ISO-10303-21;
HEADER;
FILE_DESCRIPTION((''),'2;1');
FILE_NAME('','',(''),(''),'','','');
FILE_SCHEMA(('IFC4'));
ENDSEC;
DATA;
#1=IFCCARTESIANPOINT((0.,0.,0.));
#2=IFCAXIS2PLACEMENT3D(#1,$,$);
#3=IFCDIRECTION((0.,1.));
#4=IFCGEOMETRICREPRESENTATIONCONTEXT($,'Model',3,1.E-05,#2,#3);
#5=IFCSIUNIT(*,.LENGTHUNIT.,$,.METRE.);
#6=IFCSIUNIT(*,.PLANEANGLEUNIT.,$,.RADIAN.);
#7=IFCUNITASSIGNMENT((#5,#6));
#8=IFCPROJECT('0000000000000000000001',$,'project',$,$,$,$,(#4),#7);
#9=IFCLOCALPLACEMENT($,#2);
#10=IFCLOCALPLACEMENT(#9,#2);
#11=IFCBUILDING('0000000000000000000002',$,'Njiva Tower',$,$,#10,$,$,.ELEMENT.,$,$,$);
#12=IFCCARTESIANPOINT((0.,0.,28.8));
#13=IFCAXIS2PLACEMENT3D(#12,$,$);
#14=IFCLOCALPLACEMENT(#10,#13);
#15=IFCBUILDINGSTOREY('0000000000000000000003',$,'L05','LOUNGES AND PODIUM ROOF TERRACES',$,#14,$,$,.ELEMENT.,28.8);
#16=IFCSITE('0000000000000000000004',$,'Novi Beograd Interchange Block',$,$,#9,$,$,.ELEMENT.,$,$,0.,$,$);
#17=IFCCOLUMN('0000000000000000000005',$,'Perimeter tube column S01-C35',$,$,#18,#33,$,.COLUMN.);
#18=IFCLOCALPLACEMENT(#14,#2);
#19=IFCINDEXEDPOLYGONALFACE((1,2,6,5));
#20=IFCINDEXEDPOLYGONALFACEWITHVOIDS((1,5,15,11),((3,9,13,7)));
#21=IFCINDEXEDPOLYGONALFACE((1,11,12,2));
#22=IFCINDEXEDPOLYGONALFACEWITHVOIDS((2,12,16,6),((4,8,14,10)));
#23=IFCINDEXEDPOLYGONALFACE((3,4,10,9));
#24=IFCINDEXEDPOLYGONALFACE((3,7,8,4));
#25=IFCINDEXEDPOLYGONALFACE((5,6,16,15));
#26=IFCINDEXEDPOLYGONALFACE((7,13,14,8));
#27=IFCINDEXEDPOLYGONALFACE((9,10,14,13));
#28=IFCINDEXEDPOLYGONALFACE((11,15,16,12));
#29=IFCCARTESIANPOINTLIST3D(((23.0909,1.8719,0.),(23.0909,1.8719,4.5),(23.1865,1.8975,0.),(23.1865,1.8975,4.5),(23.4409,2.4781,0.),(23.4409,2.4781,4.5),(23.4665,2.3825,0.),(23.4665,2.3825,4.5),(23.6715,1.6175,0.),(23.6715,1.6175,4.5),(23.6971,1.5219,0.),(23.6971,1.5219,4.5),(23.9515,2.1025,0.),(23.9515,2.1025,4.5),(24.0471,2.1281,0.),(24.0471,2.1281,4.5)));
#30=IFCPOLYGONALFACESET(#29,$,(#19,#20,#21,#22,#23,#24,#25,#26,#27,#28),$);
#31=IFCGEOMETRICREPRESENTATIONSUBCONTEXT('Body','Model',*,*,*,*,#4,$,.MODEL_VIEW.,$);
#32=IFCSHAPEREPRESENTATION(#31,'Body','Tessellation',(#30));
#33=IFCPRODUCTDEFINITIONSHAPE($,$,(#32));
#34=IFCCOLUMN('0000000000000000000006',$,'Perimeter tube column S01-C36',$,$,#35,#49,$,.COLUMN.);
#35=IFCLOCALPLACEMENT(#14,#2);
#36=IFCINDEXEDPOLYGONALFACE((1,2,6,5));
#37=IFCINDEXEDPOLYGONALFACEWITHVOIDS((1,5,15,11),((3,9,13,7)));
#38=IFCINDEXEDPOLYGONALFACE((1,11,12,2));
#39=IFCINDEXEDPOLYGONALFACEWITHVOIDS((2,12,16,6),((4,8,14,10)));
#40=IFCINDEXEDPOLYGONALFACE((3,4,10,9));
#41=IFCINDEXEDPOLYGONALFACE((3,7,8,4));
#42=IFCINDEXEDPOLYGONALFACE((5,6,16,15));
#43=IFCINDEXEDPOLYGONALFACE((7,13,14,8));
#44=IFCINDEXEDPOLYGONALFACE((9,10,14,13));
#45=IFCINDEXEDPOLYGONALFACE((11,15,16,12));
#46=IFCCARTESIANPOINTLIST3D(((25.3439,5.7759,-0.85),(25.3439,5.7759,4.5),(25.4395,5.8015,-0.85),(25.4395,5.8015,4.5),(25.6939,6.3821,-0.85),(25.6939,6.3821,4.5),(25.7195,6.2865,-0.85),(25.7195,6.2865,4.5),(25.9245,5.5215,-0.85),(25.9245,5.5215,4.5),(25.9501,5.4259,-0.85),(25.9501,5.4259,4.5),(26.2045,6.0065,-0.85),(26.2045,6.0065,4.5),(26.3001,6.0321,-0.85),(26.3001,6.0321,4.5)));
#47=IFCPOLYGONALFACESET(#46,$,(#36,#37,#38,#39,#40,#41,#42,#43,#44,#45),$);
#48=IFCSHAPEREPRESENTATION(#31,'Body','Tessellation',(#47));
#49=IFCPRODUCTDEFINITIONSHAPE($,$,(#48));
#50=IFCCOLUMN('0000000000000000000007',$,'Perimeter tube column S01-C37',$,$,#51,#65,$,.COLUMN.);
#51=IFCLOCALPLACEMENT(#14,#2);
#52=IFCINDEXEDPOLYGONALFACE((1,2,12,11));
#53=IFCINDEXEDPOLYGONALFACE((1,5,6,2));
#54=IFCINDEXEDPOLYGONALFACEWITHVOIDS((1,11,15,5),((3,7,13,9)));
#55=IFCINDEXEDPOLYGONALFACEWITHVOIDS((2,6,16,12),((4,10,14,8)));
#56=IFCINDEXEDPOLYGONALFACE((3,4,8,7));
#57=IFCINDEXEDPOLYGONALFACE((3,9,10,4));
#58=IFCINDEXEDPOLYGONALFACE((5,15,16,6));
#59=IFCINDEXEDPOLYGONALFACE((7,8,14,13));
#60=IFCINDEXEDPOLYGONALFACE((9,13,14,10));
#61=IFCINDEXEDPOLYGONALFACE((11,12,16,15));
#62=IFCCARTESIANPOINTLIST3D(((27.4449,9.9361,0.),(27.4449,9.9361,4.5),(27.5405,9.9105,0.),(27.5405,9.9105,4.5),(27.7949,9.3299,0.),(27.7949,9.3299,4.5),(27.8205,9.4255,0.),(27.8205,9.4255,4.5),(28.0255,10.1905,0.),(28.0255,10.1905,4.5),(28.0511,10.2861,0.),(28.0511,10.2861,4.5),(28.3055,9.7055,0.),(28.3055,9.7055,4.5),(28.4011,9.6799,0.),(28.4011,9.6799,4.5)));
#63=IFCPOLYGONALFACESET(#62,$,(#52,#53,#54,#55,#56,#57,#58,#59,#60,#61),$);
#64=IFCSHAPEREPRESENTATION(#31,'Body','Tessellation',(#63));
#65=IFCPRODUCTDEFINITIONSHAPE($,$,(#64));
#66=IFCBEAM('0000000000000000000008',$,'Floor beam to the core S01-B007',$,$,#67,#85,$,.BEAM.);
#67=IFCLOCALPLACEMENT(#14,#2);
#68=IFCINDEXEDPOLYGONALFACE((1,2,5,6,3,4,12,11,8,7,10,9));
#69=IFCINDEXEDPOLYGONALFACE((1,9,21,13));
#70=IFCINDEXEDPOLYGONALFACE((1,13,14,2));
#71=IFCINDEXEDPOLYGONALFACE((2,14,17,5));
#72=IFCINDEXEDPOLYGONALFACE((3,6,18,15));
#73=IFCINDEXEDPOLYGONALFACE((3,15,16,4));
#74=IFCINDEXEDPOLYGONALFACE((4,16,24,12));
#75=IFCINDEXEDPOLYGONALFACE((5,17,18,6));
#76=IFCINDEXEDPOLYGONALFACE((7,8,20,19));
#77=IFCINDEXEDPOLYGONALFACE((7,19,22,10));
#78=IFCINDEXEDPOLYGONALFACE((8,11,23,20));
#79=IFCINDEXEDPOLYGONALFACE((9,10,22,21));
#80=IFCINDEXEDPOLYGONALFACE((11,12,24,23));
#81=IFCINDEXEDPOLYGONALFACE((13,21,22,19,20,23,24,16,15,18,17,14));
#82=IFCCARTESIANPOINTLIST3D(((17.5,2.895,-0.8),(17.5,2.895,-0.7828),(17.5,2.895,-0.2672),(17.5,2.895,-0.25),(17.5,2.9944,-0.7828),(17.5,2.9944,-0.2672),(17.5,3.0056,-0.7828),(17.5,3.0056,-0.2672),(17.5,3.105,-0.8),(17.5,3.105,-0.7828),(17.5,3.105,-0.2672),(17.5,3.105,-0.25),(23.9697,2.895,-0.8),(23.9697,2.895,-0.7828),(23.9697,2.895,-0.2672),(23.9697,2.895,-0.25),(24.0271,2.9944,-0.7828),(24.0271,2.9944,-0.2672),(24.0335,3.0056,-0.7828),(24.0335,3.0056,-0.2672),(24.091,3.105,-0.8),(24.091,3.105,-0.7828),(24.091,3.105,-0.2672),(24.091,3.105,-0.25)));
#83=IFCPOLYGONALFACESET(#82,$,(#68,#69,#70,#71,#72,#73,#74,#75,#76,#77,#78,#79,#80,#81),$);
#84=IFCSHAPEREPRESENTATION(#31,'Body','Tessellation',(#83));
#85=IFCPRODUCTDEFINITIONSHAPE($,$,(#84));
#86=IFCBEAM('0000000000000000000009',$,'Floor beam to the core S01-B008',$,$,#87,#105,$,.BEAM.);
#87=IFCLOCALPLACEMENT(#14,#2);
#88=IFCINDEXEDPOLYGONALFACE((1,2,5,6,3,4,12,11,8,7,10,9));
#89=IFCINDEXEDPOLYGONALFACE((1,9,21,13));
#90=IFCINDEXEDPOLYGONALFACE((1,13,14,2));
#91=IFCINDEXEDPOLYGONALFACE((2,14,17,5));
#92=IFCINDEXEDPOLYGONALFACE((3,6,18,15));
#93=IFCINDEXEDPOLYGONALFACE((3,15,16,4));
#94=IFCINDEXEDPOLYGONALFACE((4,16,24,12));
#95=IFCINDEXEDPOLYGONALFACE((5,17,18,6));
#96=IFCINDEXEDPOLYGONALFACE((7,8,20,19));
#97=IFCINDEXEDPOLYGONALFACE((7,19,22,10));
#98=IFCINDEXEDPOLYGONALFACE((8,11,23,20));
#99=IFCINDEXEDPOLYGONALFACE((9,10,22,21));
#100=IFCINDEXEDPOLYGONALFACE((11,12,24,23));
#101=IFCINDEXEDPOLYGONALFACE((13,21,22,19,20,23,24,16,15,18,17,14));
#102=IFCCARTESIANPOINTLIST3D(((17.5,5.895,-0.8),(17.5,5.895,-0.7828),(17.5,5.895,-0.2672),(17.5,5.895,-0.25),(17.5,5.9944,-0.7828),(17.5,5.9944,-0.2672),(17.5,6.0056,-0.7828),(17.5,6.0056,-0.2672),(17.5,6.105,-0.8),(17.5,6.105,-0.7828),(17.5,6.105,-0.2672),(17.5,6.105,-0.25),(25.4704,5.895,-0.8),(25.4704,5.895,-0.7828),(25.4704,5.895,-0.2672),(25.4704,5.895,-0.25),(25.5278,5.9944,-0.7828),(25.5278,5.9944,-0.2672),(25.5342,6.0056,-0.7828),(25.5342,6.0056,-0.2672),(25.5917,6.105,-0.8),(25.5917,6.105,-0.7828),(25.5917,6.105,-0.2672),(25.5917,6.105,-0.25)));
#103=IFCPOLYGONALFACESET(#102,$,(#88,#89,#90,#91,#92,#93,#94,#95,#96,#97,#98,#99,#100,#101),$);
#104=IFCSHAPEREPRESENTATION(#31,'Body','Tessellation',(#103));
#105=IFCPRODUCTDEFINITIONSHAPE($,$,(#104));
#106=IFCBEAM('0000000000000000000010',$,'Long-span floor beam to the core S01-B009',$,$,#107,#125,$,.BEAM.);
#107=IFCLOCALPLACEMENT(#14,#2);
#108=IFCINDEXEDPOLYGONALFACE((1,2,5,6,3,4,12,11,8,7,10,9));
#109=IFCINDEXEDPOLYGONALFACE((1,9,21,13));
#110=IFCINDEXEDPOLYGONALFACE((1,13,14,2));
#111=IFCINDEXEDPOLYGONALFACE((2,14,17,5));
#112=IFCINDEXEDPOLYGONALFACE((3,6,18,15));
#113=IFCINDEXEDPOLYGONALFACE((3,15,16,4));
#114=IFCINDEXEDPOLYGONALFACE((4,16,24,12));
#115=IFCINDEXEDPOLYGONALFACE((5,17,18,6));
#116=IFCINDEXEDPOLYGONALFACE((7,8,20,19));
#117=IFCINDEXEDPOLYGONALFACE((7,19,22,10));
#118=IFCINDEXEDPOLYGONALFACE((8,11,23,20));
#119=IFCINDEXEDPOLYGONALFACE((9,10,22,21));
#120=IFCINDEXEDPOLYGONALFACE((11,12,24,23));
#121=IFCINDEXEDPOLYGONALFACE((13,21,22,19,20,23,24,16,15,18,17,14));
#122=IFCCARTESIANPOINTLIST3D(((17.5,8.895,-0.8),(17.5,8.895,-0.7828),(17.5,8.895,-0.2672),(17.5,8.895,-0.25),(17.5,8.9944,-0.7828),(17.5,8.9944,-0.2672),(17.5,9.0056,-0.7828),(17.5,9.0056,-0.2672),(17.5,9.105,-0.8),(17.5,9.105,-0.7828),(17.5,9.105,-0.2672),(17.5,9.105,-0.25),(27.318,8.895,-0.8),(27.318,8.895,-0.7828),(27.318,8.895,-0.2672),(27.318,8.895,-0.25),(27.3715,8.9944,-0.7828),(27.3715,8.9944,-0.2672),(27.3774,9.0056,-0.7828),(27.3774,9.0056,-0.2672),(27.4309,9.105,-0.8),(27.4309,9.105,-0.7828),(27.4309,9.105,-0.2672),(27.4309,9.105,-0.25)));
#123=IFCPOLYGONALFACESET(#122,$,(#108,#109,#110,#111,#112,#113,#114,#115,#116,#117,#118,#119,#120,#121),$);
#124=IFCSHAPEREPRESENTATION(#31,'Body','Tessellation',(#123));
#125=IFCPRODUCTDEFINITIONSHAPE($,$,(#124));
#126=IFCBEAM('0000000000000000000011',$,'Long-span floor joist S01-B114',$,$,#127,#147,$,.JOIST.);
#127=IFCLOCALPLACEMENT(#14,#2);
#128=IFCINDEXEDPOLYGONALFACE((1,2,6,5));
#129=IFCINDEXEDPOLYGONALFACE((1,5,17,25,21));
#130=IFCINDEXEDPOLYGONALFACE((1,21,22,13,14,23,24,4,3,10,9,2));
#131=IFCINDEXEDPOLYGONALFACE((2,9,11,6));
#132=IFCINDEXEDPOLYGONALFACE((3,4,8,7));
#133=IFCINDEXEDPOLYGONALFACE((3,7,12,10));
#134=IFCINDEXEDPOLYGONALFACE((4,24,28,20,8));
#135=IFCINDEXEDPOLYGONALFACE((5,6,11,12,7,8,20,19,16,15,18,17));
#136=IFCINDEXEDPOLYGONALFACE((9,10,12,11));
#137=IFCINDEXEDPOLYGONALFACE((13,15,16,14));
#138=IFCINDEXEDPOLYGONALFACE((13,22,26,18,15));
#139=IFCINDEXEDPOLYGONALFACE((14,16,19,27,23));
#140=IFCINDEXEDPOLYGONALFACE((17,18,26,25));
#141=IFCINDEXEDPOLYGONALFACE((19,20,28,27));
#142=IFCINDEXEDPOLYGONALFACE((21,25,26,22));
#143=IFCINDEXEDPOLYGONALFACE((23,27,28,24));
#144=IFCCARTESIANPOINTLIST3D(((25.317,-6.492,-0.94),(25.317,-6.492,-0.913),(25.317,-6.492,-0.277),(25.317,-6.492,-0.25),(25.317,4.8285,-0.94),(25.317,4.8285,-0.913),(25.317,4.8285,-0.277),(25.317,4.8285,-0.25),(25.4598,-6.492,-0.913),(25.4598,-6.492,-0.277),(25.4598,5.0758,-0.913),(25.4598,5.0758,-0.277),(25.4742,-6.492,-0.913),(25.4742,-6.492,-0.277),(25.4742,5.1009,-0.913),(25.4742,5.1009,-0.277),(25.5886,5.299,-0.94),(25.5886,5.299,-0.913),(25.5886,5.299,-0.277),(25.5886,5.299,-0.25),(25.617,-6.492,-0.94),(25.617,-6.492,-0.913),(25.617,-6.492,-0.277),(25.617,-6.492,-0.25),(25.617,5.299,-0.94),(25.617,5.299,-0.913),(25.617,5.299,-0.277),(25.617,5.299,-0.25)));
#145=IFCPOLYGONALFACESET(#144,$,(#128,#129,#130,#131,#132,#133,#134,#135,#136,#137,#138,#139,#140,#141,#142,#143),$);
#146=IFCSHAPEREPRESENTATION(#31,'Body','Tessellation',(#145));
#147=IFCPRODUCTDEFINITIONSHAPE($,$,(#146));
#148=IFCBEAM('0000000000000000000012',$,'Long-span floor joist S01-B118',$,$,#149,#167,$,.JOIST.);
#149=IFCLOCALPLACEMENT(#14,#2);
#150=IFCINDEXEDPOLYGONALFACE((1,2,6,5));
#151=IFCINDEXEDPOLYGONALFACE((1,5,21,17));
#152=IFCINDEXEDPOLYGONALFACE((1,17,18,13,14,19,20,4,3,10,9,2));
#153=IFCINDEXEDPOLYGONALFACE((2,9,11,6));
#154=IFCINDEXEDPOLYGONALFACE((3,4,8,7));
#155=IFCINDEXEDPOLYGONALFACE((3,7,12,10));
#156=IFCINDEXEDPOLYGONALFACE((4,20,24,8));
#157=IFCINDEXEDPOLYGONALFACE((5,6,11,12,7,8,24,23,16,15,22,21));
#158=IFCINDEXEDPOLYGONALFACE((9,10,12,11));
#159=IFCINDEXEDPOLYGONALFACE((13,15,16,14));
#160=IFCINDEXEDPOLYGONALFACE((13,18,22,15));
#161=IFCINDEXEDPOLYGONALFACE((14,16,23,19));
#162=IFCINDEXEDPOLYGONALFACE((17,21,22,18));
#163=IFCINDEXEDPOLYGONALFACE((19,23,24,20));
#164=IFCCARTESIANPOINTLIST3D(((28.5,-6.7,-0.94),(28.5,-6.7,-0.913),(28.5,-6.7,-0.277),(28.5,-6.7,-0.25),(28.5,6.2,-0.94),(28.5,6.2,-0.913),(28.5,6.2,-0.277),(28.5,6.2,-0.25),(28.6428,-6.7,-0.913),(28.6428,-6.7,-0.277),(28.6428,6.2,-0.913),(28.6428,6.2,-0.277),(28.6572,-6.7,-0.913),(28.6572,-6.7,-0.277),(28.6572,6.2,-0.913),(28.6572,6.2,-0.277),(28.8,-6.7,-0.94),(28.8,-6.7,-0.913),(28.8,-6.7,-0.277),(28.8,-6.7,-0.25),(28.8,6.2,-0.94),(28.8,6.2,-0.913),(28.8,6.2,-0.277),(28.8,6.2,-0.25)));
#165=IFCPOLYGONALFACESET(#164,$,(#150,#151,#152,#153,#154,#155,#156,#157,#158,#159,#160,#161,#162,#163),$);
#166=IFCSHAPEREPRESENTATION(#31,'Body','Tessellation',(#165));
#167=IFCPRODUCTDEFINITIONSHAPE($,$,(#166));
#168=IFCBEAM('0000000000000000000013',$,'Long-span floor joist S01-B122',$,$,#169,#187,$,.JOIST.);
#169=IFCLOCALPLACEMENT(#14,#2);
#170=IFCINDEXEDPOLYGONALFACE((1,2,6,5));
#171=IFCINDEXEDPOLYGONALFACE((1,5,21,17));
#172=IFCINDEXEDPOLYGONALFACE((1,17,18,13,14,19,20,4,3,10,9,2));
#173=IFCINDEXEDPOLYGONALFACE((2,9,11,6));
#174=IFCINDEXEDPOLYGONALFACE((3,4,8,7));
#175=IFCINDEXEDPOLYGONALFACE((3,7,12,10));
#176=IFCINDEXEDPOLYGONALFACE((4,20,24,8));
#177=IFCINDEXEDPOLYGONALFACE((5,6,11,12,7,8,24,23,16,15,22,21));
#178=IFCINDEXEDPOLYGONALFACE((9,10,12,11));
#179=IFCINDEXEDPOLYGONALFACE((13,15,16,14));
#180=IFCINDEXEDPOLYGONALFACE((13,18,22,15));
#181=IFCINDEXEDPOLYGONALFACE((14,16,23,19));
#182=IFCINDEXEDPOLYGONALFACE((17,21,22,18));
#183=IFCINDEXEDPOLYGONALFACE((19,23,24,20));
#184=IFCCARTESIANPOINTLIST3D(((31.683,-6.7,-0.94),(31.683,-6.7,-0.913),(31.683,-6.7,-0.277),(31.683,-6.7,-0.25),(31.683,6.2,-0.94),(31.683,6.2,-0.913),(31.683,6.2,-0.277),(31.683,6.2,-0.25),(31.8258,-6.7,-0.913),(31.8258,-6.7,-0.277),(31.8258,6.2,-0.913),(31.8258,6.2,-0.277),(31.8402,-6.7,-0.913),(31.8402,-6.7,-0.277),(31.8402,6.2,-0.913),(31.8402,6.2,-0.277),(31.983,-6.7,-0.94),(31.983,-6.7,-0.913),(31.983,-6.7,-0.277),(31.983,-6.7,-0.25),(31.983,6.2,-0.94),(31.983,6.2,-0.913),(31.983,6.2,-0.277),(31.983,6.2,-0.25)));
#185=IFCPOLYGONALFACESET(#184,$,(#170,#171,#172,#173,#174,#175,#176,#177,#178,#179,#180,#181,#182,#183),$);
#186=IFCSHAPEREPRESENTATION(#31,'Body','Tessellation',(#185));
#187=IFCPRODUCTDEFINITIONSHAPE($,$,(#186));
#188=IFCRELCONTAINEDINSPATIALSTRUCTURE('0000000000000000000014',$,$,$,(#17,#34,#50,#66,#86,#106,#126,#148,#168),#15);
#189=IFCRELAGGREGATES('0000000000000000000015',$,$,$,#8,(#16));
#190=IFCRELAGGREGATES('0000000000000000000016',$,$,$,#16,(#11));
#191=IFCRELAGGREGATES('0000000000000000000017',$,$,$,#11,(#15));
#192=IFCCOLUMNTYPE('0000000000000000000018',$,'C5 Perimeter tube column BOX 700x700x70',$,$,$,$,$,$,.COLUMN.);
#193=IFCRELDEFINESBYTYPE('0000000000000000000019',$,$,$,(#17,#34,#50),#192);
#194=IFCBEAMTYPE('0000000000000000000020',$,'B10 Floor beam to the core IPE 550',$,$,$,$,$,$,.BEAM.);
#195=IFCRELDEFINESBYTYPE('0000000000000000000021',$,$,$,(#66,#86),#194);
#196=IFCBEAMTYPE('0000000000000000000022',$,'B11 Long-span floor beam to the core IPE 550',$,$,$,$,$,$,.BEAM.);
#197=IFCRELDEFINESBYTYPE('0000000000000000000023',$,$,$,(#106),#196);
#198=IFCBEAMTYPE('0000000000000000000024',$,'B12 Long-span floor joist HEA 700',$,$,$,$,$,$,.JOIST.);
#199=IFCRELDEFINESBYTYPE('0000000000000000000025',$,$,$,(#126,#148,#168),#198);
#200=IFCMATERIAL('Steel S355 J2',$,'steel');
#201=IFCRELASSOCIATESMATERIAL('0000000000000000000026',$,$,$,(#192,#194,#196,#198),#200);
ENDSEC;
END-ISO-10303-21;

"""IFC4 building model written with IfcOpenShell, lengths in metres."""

from ifc_helpers import new_model, si_unit, direction, frame, origin, origin_2d, place, context, subcontext, project, spatial, hollow_rectangle, i_section, extrude, clip, halfspace, material, material_profile, profile_set, type_object, element, save


model = new_model("IFC4")

# Units and contexts
model_context = context("Model", 3, precision=1e-05, world=origin(), true_north=direction((0.0, 1.0)))
body_context = subcontext(model_context, "Body", "Model", "MODEL_VIEW")
ifc_project = project(units=[si_unit("LENGTHUNIT", "METRE"), si_unit("PLANEANGLEUNIT", "RADIAN")], contexts=[model_context])

# Site, building, storey
site_placement = place(None, origin())
site = spatial("IfcSite", under=ifc_project, at=site_placement, Name="Novi Beograd Interchange Block", CompositionType="ELEMENT", RefElevation=0.0)
building_placement = place(site_placement, origin())
building = spatial("IfcBuilding", under=site, at=building_placement, Name="Njiva Tower", CompositionType="ELEMENT")
storey_placement = place(building_placement, frame((0.0, 0.0, 28.8)))
storey = spatial("IfcBuildingStorey", under=building, at=storey_placement, Name="L05", Description="LOUNGES AND PODIUM ROOF TERRACES", CompositionType="ELEMENT", Elevation=28.8)

# Columns
ifc_material_1 = material(Name="Steel S355 J2", Category="steel")
ifc_material_profile_1 = material_profile(ifc_material_1, hollow_rectangle(XDim=0.7, YDim=0.7, WallThickness=0.07, at=origin_2d()), Name="BOX 700x700x70")
ifc_profile_set_1 = profile_set([ifc_material_profile_1], Name="Steel S355 J2")
column_type = type_object("IfcColumnType", Name="C5 Perimeter tube column BOX 700x700x70", PredefinedType="COLUMN", material=ifc_profile_set_1)
column_1_placement = place(storey_placement, frame((23.569, 2.0, 0.0), z_axis=(0.0, 0.0, 1.0), x_axis=(0.5, 0.866025, 0.0)))
element("IfcColumn", 1, at=column_1_placement, inside=storey, type_object=column_type, Name="Perimeter tube column S01-C35", PredefinedType="COLUMN", context=body_context, shape_type="SweptSolid", body=[
    extrude(hollow_rectangle(XDim=0.7, YDim=0.7, WallThickness=0.07, at=origin_2d()), origin(), (0.0, 0.0, 1.0), 4.5),
])
column_2_placement = place(storey_placement, frame((25.822, 5.904, -0.85), z_axis=(0.0, 0.0, 1.0), x_axis=(0.5, 0.866025, 0.0)))
element("IfcColumn", 2, at=column_2_placement, inside=storey, type_object=column_type, Name="Perimeter tube column S01-C36", PredefinedType="COLUMN", context=body_context, shape_type="SweptSolid", body=[
    extrude(hollow_rectangle(XDim=0.7, YDim=0.7, WallThickness=0.07, at=origin_2d()), origin(), (0.0, 0.0, 1.0), 5.35),
])
column_3_placement = place(storey_placement, frame((27.923, 9.808, 0.0), z_axis=(0.0, 0.0, 1.0), x_axis=(-0.5, 0.866025, 0.0)))
element("IfcColumn", 3, at=column_3_placement, inside=storey, type_object=column_type, Name="Perimeter tube column S01-C37", PredefinedType="COLUMN", context=body_context, shape_type="SweptSolid", body=[
    extrude(hollow_rectangle(XDim=0.7, YDim=0.7, WallThickness=0.07, at=origin_2d()), origin(), (0.0, 0.0, 1.0), 4.5),
])

# Beams
ifc_material_profile_2 = material_profile(ifc_material_1, i_section(OverallWidth=0.21, OverallDepth=0.55, WebThickness=0.0111, FlangeThickness=0.0172, at=origin_2d()), Name="IPE 550")
ifc_profile_set_2 = profile_set([ifc_material_profile_2], Name="Steel S355 J2")
beam_type_1 = type_object("IfcBeamType", Name="B10 Floor beam to the core IPE 550", PredefinedType="BEAM", material=ifc_profile_set_2)
beam_1_placement = place(storey_placement, frame((17.5, 3.0, -0.525), z_axis=(1.0, 0.0, 0.0), x_axis=(0.0, 1.0, 0.0)))
element("IfcBeam", 4, at=beam_1_placement, inside=storey, type_object=beam_type_1, Name="Floor beam to the core S01-B007", PredefinedType="BEAM", context=body_context, shape_type="Clipping", body=[
    clip(extrude(i_section(OverallWidth=0.21, OverallDepth=0.55, WebThickness=0.0111, FlangeThickness=0.0172, at=origin_2d()), origin(), (0.0, 0.0, 1.0), 6.611), halfspace(frame((-0.025, 0.0, 6.5159), z_axis=(-0.499998, 0.0, 0.866027), x_axis=(0.0, 1.0, 0.0)), False)),
])
beam_2_placement = place(storey_placement, frame((17.5, 6.0, -0.525), z_axis=(1.0, 0.0, 0.0), x_axis=(0.0, 1.0, 0.0)))
element("IfcBeam", 5, at=beam_2_placement, inside=storey, type_object=beam_type_1, Name="Floor beam to the core S01-B008", PredefinedType="BEAM", context=body_context, shape_type="Clipping", body=[
    clip(extrude(i_section(OverallWidth=0.21, OverallDepth=0.55, WebThickness=0.0111, FlangeThickness=0.0172, at=origin_2d()), origin(), (0.0, 0.0, 1.0), 8.112), halfspace(frame((-0.025, 0.0, 8.0166), z_axis=(-0.499998, 0.0, 0.866027), x_axis=(0.0, 1.0, 0.0)), False)),
])
ifc_material_profile_3 = material_profile(ifc_material_1, i_section(OverallWidth=0.21, OverallDepth=0.55, WebThickness=0.0111, FlangeThickness=0.0172, at=origin_2d()), Name="IPE 550")
ifc_profile_set_3 = profile_set([ifc_material_profile_3], Name="Steel S355 J2")
beam_type_2 = type_object("IfcBeamType", Name="B11 Long-span floor beam to the core IPE 550", PredefinedType="BEAM", material=ifc_profile_set_3)
beam_3_placement = place(storey_placement, frame((17.5, 9.0, -0.525), z_axis=(1.0, 0.0, 0.0), x_axis=(0.0, 1.0, 0.0)))
element("IfcBeam", 6, at=beam_3_placement, inside=storey, type_object=beam_type_2, Name="Long-span floor beam to the core S01-B009", PredefinedType="BEAM", context=body_context, shape_type="Clipping", body=[
    clip(extrude(i_section(OverallWidth=0.21, OverallDepth=0.55, WebThickness=0.0111, FlangeThickness=0.0172, at=origin_2d()), origin(), (0.0, 0.0, 1.0), 9.95), halfspace(frame((-0.0237, 0.0, 9.8617), z_axis=(-0.473769, 0.0, 0.880649), x_axis=(0.0, 1.0, 0.0)), False)),
])
ifc_material_profile_4 = material_profile(ifc_material_1, i_section(OverallWidth=0.3, OverallDepth=0.69, WebThickness=0.0145, FlangeThickness=0.027, at=origin_2d()), Name="HEA 700")
ifc_profile_set_4 = profile_set([ifc_material_profile_4], Name="Steel S355 J2")
beam_type_3 = type_object("IfcBeamType", Name="B12 Long-span floor joist HEA 700", PredefinedType="JOIST", material=ifc_profile_set_4)
beam_4_placement = place(storey_placement, frame((25.467, 5.299, -0.595), z_axis=(0.0, -1.0, 0.0), x_axis=(1.0, 0.0, 0.0)))
element("IfcBeam", 7, at=beam_4_placement, inside=storey, type_object=beam_type_3, Name="Long-span floor joist S01-B114", PredefinedType="JOIST", context=body_context, shape_type="Clipping", body=[
    clip(extrude(i_section(OverallWidth=0.3, OverallDepth=0.69, WebThickness=0.0145, FlangeThickness=0.027, at=origin_2d()), origin(), (0.0, 0.0, 1.0), 11.791), halfspace(frame((-0.0436, 0.0, 0.2862), z_axis=(-0.866027, 0.0, -0.499998), x_axis=(0.0, -1.0, 0.0)), False)),
])
for number, where, z_axis, x_axis, name in (
    (8, (28.65, 6.2, -0.595), (0.0, -1.0, 0.0), (1.0, 0.0, 0.0), "Long-span floor joist S01-B118"),
    (9, (31.833, 6.2, -0.595), (0.0, -1.0, 0.0), (1.0, 0.0, 0.0), "Long-span floor joist S01-B122"),
):
    element("IfcBeam", number, at=place(storey_placement, frame(where, z_axis=z_axis, x_axis=x_axis)), inside=storey, type_object=beam_type_3, Name=name, PredefinedType="JOIST", context=body_context, shape_type="SweptSolid", body=[
        extrude(i_section(OverallWidth=0.3, OverallDepth=0.69, WebThickness=0.0145, FlangeThickness=0.027, at=origin_2d()), origin(), (0.0, 0.0, 1.0), 12.9),
    ])

save(model, "model.ifc")
